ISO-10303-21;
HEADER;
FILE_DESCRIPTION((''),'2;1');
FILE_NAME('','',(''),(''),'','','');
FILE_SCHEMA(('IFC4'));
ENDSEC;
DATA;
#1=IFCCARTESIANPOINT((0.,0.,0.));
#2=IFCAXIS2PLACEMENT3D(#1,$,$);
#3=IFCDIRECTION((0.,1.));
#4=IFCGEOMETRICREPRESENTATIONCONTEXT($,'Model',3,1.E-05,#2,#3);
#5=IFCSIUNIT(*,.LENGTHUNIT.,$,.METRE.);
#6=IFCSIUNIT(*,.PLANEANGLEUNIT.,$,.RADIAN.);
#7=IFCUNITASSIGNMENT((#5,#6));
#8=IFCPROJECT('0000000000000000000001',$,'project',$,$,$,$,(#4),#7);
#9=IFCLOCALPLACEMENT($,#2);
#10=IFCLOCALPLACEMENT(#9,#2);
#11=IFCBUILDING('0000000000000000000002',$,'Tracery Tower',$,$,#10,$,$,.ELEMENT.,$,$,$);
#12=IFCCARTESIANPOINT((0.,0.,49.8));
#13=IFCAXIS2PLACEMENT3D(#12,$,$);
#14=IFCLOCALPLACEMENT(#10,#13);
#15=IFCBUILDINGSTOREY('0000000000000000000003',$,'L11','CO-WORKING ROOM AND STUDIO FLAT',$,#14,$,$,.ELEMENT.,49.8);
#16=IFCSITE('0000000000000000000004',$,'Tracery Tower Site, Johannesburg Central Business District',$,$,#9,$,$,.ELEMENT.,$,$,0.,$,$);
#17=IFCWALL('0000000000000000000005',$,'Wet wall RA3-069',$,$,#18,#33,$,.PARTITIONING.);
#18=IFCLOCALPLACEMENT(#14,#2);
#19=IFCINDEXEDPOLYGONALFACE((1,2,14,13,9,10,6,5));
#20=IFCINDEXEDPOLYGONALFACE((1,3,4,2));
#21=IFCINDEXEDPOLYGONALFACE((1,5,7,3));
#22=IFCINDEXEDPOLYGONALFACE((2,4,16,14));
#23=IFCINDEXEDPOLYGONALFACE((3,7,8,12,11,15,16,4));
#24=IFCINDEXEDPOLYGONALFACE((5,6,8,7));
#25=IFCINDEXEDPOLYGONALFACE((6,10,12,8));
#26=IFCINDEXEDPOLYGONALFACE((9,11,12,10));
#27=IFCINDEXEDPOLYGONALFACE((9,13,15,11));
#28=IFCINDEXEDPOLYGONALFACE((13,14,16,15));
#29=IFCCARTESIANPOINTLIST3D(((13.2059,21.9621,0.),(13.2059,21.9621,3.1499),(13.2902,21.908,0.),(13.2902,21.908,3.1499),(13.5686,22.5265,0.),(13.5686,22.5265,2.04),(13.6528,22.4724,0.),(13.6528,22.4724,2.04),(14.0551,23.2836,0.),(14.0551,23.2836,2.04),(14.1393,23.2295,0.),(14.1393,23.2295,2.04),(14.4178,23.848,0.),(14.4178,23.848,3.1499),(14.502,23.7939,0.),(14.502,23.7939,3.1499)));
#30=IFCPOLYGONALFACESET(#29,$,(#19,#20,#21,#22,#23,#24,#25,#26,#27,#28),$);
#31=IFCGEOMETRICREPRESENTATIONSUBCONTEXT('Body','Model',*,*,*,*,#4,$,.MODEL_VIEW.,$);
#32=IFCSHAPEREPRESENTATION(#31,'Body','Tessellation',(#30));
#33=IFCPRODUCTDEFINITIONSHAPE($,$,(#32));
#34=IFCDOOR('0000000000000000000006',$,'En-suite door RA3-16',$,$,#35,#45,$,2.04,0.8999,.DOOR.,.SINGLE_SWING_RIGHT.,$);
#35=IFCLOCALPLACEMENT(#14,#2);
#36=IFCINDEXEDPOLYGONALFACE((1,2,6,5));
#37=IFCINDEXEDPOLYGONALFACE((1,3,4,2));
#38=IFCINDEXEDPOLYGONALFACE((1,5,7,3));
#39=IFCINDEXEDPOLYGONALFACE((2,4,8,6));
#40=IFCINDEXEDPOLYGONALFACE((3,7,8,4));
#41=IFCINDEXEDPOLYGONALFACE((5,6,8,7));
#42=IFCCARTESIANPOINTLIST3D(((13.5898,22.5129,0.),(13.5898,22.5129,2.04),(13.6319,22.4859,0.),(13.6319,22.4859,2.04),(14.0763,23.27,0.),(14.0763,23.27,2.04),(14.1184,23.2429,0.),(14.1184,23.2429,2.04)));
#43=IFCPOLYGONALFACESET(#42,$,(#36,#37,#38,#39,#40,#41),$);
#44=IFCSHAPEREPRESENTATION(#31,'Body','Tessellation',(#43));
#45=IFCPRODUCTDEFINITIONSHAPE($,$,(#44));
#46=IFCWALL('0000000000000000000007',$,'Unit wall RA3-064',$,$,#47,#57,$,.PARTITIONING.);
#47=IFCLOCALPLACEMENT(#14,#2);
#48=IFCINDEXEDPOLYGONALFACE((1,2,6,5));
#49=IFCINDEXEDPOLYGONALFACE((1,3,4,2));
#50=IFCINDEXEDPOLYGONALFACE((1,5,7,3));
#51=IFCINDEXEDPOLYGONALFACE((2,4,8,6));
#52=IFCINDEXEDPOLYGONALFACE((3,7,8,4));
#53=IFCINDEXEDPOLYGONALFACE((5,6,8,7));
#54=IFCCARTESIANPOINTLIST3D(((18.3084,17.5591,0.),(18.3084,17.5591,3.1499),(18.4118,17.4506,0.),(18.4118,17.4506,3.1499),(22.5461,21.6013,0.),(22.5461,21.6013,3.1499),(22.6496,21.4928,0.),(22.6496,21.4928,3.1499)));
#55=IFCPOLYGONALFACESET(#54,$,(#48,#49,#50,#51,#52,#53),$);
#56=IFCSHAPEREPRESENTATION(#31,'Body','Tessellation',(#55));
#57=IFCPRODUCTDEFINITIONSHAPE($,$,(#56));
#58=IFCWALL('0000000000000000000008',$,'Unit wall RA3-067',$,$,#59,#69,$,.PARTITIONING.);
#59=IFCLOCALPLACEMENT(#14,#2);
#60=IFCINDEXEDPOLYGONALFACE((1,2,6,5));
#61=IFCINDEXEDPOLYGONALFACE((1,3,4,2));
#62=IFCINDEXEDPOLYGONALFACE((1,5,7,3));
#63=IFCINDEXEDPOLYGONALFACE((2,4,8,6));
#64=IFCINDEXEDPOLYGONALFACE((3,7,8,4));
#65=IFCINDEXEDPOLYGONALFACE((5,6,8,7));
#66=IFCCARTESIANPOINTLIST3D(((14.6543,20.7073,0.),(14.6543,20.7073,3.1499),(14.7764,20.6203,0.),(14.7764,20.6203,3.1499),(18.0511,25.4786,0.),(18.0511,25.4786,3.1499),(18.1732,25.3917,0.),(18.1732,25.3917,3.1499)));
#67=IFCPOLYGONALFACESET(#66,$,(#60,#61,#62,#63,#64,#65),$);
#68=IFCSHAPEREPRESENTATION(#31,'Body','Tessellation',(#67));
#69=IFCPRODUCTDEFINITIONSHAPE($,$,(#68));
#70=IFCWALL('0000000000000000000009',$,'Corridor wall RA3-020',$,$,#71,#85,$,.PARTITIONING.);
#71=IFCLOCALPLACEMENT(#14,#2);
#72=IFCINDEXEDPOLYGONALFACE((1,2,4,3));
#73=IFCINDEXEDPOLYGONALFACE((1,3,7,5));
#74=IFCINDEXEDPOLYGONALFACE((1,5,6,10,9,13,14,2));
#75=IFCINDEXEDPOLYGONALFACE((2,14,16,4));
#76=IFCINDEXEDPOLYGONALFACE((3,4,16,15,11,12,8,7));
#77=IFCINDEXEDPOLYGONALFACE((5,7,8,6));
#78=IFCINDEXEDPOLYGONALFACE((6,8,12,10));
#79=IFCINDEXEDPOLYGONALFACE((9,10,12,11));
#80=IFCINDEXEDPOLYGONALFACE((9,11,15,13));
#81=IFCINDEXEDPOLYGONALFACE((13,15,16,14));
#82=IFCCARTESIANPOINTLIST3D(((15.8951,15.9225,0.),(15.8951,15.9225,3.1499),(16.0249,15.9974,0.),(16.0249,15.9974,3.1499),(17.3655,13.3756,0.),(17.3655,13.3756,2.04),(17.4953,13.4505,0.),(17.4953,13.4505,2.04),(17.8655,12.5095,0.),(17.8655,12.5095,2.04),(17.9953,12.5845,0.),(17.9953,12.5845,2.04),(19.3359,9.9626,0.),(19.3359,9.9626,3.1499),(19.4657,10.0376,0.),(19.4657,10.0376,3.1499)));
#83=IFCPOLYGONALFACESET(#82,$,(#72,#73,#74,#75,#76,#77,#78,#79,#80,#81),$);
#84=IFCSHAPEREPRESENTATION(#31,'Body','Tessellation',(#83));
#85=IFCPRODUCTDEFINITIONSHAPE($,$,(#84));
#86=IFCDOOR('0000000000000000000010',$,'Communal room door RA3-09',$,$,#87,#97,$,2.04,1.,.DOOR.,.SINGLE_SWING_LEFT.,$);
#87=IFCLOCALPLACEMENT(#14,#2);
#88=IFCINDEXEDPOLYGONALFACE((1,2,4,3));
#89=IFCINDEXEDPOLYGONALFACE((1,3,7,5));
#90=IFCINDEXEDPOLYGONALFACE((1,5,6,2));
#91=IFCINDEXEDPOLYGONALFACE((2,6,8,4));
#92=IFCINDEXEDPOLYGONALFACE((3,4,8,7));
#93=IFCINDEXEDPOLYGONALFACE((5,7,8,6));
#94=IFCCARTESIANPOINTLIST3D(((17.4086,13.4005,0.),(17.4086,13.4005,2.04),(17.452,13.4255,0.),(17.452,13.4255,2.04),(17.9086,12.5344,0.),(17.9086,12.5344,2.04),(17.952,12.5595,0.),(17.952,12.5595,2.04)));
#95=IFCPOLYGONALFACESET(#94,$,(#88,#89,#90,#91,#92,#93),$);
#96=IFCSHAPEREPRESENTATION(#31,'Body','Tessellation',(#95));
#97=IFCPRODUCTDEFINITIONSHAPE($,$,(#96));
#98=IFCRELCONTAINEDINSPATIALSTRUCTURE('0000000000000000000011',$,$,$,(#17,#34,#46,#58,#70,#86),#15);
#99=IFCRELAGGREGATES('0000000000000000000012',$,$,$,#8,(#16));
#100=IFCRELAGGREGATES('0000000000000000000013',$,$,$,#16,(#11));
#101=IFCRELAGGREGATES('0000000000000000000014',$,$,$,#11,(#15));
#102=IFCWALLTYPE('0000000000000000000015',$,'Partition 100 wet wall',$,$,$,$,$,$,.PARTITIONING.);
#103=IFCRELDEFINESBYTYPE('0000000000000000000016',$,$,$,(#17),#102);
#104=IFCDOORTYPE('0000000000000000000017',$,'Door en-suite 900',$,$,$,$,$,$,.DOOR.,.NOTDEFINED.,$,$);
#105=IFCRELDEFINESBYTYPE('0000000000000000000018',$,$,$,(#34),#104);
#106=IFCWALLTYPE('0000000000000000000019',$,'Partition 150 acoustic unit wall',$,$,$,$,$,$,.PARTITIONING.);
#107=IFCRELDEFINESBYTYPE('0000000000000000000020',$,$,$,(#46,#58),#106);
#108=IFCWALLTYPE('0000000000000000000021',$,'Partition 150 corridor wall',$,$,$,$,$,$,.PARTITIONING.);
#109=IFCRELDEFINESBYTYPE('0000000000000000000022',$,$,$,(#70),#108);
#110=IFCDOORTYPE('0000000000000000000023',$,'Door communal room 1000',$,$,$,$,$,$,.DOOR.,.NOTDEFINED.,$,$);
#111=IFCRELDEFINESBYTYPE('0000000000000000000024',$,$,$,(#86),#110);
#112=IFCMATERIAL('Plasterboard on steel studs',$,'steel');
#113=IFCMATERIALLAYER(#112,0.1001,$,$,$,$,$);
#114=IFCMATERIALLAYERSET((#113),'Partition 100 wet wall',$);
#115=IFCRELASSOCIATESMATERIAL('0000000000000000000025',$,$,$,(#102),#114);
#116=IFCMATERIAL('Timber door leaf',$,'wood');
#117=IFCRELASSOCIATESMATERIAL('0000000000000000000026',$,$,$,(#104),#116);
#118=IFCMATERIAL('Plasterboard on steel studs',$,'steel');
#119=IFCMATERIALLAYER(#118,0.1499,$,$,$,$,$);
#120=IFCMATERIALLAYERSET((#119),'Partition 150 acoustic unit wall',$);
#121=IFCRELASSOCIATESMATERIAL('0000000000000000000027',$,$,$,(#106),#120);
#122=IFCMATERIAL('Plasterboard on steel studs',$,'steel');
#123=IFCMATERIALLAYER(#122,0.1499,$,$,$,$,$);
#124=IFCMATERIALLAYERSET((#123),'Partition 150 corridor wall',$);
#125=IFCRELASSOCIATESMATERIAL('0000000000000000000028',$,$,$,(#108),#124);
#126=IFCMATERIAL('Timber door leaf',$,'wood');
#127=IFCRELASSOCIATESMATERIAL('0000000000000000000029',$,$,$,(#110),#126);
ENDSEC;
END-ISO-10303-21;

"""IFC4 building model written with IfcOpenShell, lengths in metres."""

from ifc_helpers import new_model, si_unit, direction, frame, frame_2d, origin, place, context, subcontext, project, spatial, rectangle, extrude, material, layer, layer_set, type_object, element, fill, save


model = new_model("IFC4")

# Units and contexts
model_context = context("Model", 3, precision=1e-05, world=origin(), true_north=direction((0.0, 1.0)))
body_context = subcontext(model_context, "Body", "Model", "MODEL_VIEW")
ifc_project = project(units=[si_unit("LENGTHUNIT", "METRE"), si_unit("PLANEANGLEUNIT", "RADIAN")], contexts=[model_context])

# Site, building, storey
site_placement = place(None, origin())
site = spatial("IfcSite", under=ifc_project, at=site_placement, Name="Tracery Tower Site, Johannesburg Central Business District", CompositionType="ELEMENT", RefElevation=0.0)
building_placement = place(site_placement, origin())
building = spatial("IfcBuilding", under=site, at=building_placement, Name="Tracery Tower", CompositionType="ELEMENT")
storey_placement = place(building_placement, frame((0.0, 0.0, 49.8)))
storey = spatial("IfcBuildingStorey", under=building, at=storey_placement, Name="L11", Description="CO-WORKING ROOM AND STUDIO FLAT", CompositionType="ELEMENT", Elevation=49.8)

# Shared definitions
ifc_material_1 = material(Name="Plasterboard on steel studs", Category="steel")
ifc_layer_1 = layer(ifc_material_1, 0.1001)
ifc_layer_set_1 = layer_set([ifc_layer_1], Name="Partition 100 wet wall")
wall_type_1 = type_object("IfcWallType", Name="Partition 100 wet wall", PredefinedType="PARTITIONING", material=ifc_layer_set_1)
ifc_material_2 = material(Name="Timber door leaf", Category="wood")
door_type_1 = type_object("IfcDoorType", Name="Door en-suite 900", OperationType="NOTDEFINED", PredefinedType="DOOR", material=ifc_material_2)

# Wall, opening, door
wall_1_placement = place(storey_placement, frame((13.248, 21.9351, 0.0), z_axis=(0.0, 0.0, 1.0), x_axis=(0.540598, 0.841281, 0.0)))
wall_1 = element("IfcWall", 1, at=wall_1_placement, inside=storey, type_object=wall_type_1, Name="Wet wall RA3-069", PredefinedType="PARTITIONING", context=body_context, shape_type="SweptSolid", body=[
    extrude(rectangle(XDim=2.2417, YDim=0.1001, at=frame_2d((1.1208, 0.0))), origin(), (0.0, 0.0, 1.0), 3.1499),
])
opening_1_placement = place(wall_1_placement, frame((0.6709, 0.0, 0.0)))
opening_1 = element("IfcOpeningElement", 2, at=opening_1_placement, cuts=wall_1, PredefinedType="OPENING", context=body_context, shape_type="SweptSolid", body=[
    extrude(rectangle(XDim=0.8999, YDim=2.04, at=frame_2d((0.45, 1.02))), frame((0.0, 0.05, 0.0), z_axis=(0.0, -1.0, 0.0), x_axis=(1.0, 0.0, 0.0)), (0.0, 0.0, 1.0), 0.1001),
])
door_1_placement = place(opening_1_placement, origin())
door_1 = element("IfcDoor", 3, at=door_1_placement, inside=storey, type_object=door_type_1, Name="En-suite door RA3-16", OperationType="SINGLE_SWING_RIGHT", OverallHeight=2.04, OverallWidth=0.8999, PredefinedType="DOOR", context=body_context, shape_type="SweptSolid", body=[
    extrude(rectangle(XDim=0.8999, YDim=2.04, at=frame_2d((0.45, 1.02))), frame((0.0, 0.0249, 0.0), z_axis=(0.0, -1.0, 0.0), x_axis=(1.0, 0.0, 0.0)), (0.0, 0.0, 1.0), 0.05),
])
fill(opening_1, door_1)

# Walls
ifc_material_3 = material(Name="Plasterboard on steel studs", Category="steel")
ifc_layer_2 = layer(ifc_material_3, 0.1499)
ifc_layer_set_2 = layer_set([ifc_layer_2], Name="Partition 150 acoustic unit wall")
wall_type_2 = type_object("IfcWallType", Name="Partition 150 acoustic unit wall", PredefinedType="PARTITIONING", material=ifc_layer_set_2)
wall_2_placement = place(storey_placement, frame((18.3601, 17.5049, 0.0), z_axis=(0.0, 0.0, 1.0), x_axis=(0.723605, 0.690214, 0.0)))
element("IfcWall", 4, at=wall_2_placement, inside=storey, type_object=wall_type_2, Name="Unit wall RA3-064", PredefinedType="PARTITIONING", context=body_context, shape_type="SweptSolid", body=[
    extrude(rectangle(XDim=5.8564, YDim=0.1499, at=frame_2d((2.9282, 0.0))), origin(), (0.0, 0.0, 1.0), 3.1499),
])
wall_3_placement = place(storey_placement, frame((14.7153, 20.6638, 0.0), z_axis=(0.0, 0.0, 1.0), x_axis=(0.57996, 0.814645, 0.0)))
element("IfcWall", 5, at=wall_3_placement, inside=storey, type_object=wall_type_2, Name="Unit wall RA3-067", PredefinedType="PARTITIONING", context=body_context, shape_type="SweptSolid", body=[
    extrude(rectangle(XDim=5.8569, YDim=0.1499, at=frame_2d((2.9285, 0.0))), origin(), (0.0, 0.0, 1.0), 3.1499),
])

# Wall, opening, door
ifc_material_4 = material(Name="Plasterboard on steel studs", Category="steel")
ifc_layer_3 = layer(ifc_material_4, 0.1499)
ifc_layer_set_3 = layer_set([ifc_layer_3], Name="Partition 150 corridor wall")
wall_type_3 = type_object("IfcWallType", Name="Partition 150 corridor wall", PredefinedType="PARTITIONING", material=ifc_layer_set_3)
wall_4_placement = place(storey_placement, frame((15.96, 15.96, 0.0), z_axis=(0.0, 0.0, 1.0), x_axis=(0.499993, -0.86603, 0.0)))
wall_4 = element("IfcWall", 6, at=wall_4_placement, inside=storey, type_object=wall_type_3, Name="Corridor wall RA3-020", PredefinedType="PARTITIONING", context=body_context, shape_type="SweptSolid", body=[
    extrude(rectangle(XDim=6.8818, YDim=0.1499, at=frame_2d((3.4409, 0.0))), origin(), (0.0, 0.0, 1.0), 3.1499),
])
opening_2_placement = place(wall_4_placement, frame((2.9409, 0.0, 0.0)))
opening_2 = element("IfcOpeningElement", 7, at=opening_2_placement, cuts=wall_4, PredefinedType="OPENING", context=body_context, shape_type="SweptSolid", body=[
    extrude(rectangle(XDim=1.0, YDim=2.04, at=frame_2d((0.5, 1.02))), frame((0.0, 0.075, 0.0), z_axis=(0.0, -1.0, 0.0), x_axis=(1.0, 0.0, 0.0)), (0.0, 0.0, 1.0), 0.1499),
])
ifc_material_5 = material(Name="Timber door leaf", Category="wood")
door_type_2 = type_object("IfcDoorType", Name="Door communal room 1000", OperationType="NOTDEFINED", PredefinedType="DOOR", material=ifc_material_5)
door_2_placement = place(opening_2_placement, origin())
door_2 = element("IfcDoor", 8, at=door_2_placement, inside=storey, type_object=door_type_2, Name="Communal room door RA3-09", OperationType="SINGLE_SWING_LEFT", OverallHeight=2.04, OverallWidth=1.0, PredefinedType="DOOR", context=body_context, shape_type="SweptSolid", body=[
    extrude(rectangle(XDim=1.0, YDim=2.04, at=frame_2d((0.5, 1.02))), frame((0.0, 0.0249, 0.0), z_axis=(0.0, -1.0, 0.0), x_axis=(1.0, 0.0, 0.0)), (0.0, 0.0, 1.0), 0.05),
])
fill(opening_2, door_2)

save(model, "model.ifc")
